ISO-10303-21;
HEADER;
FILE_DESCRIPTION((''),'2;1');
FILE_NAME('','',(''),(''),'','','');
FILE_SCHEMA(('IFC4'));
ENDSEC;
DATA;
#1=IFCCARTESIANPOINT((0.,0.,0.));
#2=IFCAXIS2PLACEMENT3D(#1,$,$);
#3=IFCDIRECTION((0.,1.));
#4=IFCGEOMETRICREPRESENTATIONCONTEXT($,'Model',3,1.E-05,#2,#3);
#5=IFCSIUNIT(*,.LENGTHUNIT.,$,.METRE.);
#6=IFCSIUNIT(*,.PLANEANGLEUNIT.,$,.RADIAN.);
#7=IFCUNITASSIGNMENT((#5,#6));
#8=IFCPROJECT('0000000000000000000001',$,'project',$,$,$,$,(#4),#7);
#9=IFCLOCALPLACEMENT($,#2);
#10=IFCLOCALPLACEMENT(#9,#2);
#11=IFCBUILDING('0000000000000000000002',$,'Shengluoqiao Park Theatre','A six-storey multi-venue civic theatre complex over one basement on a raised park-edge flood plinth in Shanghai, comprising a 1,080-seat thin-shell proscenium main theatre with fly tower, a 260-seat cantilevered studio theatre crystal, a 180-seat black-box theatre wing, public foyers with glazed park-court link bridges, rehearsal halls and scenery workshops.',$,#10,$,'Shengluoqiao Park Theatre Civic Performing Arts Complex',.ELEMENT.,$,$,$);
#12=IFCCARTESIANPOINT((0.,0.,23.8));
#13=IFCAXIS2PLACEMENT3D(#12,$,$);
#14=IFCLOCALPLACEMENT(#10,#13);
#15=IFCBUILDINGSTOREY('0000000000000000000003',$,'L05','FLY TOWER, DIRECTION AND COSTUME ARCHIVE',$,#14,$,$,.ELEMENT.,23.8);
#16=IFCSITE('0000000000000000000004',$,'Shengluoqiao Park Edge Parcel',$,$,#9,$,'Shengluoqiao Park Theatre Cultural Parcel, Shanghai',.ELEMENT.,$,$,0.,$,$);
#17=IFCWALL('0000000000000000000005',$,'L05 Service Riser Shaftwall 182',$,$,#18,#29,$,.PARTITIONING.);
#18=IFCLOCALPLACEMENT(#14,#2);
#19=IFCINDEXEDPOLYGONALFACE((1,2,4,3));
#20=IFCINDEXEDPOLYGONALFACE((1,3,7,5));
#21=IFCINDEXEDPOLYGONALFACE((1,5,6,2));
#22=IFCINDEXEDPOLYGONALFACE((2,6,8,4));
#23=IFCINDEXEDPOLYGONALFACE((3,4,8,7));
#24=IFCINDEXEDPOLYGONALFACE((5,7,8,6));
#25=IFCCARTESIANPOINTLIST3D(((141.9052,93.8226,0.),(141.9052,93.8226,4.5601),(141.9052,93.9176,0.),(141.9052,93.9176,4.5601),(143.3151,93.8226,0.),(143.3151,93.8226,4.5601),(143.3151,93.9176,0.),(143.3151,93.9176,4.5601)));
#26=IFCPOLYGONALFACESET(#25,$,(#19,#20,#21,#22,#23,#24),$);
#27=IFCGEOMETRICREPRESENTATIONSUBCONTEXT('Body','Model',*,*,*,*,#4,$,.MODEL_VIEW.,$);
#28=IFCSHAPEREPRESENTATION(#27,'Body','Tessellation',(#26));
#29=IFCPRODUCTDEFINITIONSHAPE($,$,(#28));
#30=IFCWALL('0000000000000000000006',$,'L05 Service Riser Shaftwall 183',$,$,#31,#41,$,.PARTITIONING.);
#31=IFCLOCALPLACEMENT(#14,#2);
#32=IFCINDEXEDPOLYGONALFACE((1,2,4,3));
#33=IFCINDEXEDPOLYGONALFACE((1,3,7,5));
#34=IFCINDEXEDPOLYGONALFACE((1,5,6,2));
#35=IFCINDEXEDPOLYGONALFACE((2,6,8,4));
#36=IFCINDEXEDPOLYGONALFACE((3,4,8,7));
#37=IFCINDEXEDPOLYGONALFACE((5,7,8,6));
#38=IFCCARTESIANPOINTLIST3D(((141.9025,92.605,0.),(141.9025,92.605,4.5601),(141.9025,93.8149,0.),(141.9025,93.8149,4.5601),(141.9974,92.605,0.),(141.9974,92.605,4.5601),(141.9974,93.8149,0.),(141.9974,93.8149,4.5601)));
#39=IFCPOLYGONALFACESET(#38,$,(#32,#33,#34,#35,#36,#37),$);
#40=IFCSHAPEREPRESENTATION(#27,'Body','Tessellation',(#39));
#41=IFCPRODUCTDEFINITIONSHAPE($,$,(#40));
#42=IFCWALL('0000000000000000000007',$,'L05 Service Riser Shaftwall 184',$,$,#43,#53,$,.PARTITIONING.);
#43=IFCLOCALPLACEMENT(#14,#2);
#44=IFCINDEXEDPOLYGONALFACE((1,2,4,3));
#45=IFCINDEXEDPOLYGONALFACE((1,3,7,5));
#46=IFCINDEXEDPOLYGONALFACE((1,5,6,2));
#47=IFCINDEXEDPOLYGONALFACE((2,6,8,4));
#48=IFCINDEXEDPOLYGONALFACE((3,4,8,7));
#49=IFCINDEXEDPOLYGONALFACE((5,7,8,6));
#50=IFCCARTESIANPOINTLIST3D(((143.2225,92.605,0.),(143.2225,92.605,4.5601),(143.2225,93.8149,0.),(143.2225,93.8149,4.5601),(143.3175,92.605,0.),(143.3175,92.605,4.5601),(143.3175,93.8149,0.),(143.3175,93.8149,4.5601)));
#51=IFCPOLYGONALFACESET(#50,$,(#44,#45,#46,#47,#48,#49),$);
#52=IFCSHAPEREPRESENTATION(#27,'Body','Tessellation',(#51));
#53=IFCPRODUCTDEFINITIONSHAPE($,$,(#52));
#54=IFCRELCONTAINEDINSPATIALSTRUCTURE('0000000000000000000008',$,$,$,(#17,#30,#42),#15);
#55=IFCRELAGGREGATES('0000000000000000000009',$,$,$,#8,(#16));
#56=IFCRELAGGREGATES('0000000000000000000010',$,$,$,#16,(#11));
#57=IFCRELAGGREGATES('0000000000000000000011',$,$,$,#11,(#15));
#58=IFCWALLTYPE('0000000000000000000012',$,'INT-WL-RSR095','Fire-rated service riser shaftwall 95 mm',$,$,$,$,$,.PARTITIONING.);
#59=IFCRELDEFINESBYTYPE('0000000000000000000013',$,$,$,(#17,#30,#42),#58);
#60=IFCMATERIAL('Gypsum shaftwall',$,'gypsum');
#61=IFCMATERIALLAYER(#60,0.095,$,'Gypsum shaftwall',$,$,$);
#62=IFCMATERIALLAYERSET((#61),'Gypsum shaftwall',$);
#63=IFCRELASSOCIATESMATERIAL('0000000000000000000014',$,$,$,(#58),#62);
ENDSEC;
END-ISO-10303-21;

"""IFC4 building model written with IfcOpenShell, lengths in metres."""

from ifc_helpers import new_model, si_unit, direction, frame, frame_2d, origin, place, context, subcontext, project, spatial, rectangle, extrude, material, layer, layer_set, type_object, element, save


model = new_model("IFC4")

# Units and contexts
model_context = context("Model", 3, precision=1e-05, world=origin(), true_north=direction((0.0, 1.0)))
body_context = subcontext(model_context, "Body", "Model", "MODEL_VIEW")
ifc_project = project(units=[si_unit("LENGTHUNIT", "METRE"), si_unit("PLANEANGLEUNIT", "RADIAN")], contexts=[model_context])

# Site, building, storey
site_placement = place(None, origin())
site = spatial("IfcSite", under=ifc_project, at=site_placement, Name="Shengluoqiao Park Edge Parcel", LongName="Shengluoqiao Park Theatre Cultural Parcel, Shanghai", CompositionType="ELEMENT", RefElevation=0.0)
building_placement = place(site_placement, origin())
building = spatial("IfcBuilding", under=site, at=building_placement, Name="Shengluoqiao Park Theatre", Description="A six-storey multi-venue civic theatre complex over one basement on a raised park-edge flood plinth in Shanghai, comprising a 1,080-seat thin-shell proscenium main theatre with fly tower, a 260-seat cantilevered studio theatre crystal, a 180-seat black-box theatre wing, public foyers with glazed park-court link bridges, rehearsal halls and scenery workshops.", LongName="Shengluoqiao Park Theatre Civic Performing Arts Complex", CompositionType="ELEMENT")
storey_placement = place(building_placement, frame((0.0, 0.0, 23.8)))
storey = spatial("IfcBuildingStorey", under=building, at=storey_placement, Name="L05", Description="FLY TOWER, DIRECTION AND COSTUME ARCHIVE", CompositionType="ELEMENT", Elevation=23.8)

# Walls
ifc_material_1 = material(Name="Gypsum shaftwall", Category="gypsum")
ifc_layer_1 = layer(ifc_material_1, 0.095, Name="Gypsum shaftwall")
ifc_layer_set_1 = layer_set([ifc_layer_1], Name="Gypsum shaftwall")
wall_type_1 = type_object("IfcWallType", Name="INT-WL-RSR095", Description="Fire-rated service riser shaftwall 95 mm", PredefinedType="PARTITIONING", material=ifc_layer_set_1)
for number, where, z_axis, x_axis, name in (
    (1, (141.905, 93.8701, 0.0), (0.0, 0.0, 1.0), (1.0, 0.0, 0.0), "L05 Service Riser Shaftwall 182"),
):
    element("IfcWall", number, at=place(storey_placement, frame(where, z_axis=z_axis, x_axis=x_axis)), inside=storey, type_object=wall_type_1, Name=name, PredefinedType="PARTITIONING", context=body_context, shape_type="SweptSolid", body=[
        extrude(rectangle(XDim=1.4099, YDim=0.095, at=frame_2d((0.7051, 0.0))), origin(), (0.0, 0.0, 1.0), 4.5601),
    ])
for number, where, z_axis, x_axis, name in (
    (2, (141.95, 92.605, 0.0), (0.0, 0.0, 1.0), (0.0, 1.0, 0.0), "L05 Service Riser Shaftwall 183"),
    (3, (143.27, 92.605, 0.0), (0.0, 0.0, 1.0), (0.0, 1.0, 0.0), "L05 Service Riser Shaftwall 184"),
):
    element("IfcWall", number, at=place(storey_placement, frame(where, z_axis=z_axis, x_axis=x_axis)), inside=storey, type_object=wall_type_1, Name=name, PredefinedType="PARTITIONING", context=body_context, shape_type="SweptSolid", body=[
        extrude(rectangle(XDim=1.21, YDim=0.095, at=frame_2d((0.605, 0.0))), origin(), (0.0, 0.0, 1.0), 4.5601),
    ])

save(model, "model.ifc")
